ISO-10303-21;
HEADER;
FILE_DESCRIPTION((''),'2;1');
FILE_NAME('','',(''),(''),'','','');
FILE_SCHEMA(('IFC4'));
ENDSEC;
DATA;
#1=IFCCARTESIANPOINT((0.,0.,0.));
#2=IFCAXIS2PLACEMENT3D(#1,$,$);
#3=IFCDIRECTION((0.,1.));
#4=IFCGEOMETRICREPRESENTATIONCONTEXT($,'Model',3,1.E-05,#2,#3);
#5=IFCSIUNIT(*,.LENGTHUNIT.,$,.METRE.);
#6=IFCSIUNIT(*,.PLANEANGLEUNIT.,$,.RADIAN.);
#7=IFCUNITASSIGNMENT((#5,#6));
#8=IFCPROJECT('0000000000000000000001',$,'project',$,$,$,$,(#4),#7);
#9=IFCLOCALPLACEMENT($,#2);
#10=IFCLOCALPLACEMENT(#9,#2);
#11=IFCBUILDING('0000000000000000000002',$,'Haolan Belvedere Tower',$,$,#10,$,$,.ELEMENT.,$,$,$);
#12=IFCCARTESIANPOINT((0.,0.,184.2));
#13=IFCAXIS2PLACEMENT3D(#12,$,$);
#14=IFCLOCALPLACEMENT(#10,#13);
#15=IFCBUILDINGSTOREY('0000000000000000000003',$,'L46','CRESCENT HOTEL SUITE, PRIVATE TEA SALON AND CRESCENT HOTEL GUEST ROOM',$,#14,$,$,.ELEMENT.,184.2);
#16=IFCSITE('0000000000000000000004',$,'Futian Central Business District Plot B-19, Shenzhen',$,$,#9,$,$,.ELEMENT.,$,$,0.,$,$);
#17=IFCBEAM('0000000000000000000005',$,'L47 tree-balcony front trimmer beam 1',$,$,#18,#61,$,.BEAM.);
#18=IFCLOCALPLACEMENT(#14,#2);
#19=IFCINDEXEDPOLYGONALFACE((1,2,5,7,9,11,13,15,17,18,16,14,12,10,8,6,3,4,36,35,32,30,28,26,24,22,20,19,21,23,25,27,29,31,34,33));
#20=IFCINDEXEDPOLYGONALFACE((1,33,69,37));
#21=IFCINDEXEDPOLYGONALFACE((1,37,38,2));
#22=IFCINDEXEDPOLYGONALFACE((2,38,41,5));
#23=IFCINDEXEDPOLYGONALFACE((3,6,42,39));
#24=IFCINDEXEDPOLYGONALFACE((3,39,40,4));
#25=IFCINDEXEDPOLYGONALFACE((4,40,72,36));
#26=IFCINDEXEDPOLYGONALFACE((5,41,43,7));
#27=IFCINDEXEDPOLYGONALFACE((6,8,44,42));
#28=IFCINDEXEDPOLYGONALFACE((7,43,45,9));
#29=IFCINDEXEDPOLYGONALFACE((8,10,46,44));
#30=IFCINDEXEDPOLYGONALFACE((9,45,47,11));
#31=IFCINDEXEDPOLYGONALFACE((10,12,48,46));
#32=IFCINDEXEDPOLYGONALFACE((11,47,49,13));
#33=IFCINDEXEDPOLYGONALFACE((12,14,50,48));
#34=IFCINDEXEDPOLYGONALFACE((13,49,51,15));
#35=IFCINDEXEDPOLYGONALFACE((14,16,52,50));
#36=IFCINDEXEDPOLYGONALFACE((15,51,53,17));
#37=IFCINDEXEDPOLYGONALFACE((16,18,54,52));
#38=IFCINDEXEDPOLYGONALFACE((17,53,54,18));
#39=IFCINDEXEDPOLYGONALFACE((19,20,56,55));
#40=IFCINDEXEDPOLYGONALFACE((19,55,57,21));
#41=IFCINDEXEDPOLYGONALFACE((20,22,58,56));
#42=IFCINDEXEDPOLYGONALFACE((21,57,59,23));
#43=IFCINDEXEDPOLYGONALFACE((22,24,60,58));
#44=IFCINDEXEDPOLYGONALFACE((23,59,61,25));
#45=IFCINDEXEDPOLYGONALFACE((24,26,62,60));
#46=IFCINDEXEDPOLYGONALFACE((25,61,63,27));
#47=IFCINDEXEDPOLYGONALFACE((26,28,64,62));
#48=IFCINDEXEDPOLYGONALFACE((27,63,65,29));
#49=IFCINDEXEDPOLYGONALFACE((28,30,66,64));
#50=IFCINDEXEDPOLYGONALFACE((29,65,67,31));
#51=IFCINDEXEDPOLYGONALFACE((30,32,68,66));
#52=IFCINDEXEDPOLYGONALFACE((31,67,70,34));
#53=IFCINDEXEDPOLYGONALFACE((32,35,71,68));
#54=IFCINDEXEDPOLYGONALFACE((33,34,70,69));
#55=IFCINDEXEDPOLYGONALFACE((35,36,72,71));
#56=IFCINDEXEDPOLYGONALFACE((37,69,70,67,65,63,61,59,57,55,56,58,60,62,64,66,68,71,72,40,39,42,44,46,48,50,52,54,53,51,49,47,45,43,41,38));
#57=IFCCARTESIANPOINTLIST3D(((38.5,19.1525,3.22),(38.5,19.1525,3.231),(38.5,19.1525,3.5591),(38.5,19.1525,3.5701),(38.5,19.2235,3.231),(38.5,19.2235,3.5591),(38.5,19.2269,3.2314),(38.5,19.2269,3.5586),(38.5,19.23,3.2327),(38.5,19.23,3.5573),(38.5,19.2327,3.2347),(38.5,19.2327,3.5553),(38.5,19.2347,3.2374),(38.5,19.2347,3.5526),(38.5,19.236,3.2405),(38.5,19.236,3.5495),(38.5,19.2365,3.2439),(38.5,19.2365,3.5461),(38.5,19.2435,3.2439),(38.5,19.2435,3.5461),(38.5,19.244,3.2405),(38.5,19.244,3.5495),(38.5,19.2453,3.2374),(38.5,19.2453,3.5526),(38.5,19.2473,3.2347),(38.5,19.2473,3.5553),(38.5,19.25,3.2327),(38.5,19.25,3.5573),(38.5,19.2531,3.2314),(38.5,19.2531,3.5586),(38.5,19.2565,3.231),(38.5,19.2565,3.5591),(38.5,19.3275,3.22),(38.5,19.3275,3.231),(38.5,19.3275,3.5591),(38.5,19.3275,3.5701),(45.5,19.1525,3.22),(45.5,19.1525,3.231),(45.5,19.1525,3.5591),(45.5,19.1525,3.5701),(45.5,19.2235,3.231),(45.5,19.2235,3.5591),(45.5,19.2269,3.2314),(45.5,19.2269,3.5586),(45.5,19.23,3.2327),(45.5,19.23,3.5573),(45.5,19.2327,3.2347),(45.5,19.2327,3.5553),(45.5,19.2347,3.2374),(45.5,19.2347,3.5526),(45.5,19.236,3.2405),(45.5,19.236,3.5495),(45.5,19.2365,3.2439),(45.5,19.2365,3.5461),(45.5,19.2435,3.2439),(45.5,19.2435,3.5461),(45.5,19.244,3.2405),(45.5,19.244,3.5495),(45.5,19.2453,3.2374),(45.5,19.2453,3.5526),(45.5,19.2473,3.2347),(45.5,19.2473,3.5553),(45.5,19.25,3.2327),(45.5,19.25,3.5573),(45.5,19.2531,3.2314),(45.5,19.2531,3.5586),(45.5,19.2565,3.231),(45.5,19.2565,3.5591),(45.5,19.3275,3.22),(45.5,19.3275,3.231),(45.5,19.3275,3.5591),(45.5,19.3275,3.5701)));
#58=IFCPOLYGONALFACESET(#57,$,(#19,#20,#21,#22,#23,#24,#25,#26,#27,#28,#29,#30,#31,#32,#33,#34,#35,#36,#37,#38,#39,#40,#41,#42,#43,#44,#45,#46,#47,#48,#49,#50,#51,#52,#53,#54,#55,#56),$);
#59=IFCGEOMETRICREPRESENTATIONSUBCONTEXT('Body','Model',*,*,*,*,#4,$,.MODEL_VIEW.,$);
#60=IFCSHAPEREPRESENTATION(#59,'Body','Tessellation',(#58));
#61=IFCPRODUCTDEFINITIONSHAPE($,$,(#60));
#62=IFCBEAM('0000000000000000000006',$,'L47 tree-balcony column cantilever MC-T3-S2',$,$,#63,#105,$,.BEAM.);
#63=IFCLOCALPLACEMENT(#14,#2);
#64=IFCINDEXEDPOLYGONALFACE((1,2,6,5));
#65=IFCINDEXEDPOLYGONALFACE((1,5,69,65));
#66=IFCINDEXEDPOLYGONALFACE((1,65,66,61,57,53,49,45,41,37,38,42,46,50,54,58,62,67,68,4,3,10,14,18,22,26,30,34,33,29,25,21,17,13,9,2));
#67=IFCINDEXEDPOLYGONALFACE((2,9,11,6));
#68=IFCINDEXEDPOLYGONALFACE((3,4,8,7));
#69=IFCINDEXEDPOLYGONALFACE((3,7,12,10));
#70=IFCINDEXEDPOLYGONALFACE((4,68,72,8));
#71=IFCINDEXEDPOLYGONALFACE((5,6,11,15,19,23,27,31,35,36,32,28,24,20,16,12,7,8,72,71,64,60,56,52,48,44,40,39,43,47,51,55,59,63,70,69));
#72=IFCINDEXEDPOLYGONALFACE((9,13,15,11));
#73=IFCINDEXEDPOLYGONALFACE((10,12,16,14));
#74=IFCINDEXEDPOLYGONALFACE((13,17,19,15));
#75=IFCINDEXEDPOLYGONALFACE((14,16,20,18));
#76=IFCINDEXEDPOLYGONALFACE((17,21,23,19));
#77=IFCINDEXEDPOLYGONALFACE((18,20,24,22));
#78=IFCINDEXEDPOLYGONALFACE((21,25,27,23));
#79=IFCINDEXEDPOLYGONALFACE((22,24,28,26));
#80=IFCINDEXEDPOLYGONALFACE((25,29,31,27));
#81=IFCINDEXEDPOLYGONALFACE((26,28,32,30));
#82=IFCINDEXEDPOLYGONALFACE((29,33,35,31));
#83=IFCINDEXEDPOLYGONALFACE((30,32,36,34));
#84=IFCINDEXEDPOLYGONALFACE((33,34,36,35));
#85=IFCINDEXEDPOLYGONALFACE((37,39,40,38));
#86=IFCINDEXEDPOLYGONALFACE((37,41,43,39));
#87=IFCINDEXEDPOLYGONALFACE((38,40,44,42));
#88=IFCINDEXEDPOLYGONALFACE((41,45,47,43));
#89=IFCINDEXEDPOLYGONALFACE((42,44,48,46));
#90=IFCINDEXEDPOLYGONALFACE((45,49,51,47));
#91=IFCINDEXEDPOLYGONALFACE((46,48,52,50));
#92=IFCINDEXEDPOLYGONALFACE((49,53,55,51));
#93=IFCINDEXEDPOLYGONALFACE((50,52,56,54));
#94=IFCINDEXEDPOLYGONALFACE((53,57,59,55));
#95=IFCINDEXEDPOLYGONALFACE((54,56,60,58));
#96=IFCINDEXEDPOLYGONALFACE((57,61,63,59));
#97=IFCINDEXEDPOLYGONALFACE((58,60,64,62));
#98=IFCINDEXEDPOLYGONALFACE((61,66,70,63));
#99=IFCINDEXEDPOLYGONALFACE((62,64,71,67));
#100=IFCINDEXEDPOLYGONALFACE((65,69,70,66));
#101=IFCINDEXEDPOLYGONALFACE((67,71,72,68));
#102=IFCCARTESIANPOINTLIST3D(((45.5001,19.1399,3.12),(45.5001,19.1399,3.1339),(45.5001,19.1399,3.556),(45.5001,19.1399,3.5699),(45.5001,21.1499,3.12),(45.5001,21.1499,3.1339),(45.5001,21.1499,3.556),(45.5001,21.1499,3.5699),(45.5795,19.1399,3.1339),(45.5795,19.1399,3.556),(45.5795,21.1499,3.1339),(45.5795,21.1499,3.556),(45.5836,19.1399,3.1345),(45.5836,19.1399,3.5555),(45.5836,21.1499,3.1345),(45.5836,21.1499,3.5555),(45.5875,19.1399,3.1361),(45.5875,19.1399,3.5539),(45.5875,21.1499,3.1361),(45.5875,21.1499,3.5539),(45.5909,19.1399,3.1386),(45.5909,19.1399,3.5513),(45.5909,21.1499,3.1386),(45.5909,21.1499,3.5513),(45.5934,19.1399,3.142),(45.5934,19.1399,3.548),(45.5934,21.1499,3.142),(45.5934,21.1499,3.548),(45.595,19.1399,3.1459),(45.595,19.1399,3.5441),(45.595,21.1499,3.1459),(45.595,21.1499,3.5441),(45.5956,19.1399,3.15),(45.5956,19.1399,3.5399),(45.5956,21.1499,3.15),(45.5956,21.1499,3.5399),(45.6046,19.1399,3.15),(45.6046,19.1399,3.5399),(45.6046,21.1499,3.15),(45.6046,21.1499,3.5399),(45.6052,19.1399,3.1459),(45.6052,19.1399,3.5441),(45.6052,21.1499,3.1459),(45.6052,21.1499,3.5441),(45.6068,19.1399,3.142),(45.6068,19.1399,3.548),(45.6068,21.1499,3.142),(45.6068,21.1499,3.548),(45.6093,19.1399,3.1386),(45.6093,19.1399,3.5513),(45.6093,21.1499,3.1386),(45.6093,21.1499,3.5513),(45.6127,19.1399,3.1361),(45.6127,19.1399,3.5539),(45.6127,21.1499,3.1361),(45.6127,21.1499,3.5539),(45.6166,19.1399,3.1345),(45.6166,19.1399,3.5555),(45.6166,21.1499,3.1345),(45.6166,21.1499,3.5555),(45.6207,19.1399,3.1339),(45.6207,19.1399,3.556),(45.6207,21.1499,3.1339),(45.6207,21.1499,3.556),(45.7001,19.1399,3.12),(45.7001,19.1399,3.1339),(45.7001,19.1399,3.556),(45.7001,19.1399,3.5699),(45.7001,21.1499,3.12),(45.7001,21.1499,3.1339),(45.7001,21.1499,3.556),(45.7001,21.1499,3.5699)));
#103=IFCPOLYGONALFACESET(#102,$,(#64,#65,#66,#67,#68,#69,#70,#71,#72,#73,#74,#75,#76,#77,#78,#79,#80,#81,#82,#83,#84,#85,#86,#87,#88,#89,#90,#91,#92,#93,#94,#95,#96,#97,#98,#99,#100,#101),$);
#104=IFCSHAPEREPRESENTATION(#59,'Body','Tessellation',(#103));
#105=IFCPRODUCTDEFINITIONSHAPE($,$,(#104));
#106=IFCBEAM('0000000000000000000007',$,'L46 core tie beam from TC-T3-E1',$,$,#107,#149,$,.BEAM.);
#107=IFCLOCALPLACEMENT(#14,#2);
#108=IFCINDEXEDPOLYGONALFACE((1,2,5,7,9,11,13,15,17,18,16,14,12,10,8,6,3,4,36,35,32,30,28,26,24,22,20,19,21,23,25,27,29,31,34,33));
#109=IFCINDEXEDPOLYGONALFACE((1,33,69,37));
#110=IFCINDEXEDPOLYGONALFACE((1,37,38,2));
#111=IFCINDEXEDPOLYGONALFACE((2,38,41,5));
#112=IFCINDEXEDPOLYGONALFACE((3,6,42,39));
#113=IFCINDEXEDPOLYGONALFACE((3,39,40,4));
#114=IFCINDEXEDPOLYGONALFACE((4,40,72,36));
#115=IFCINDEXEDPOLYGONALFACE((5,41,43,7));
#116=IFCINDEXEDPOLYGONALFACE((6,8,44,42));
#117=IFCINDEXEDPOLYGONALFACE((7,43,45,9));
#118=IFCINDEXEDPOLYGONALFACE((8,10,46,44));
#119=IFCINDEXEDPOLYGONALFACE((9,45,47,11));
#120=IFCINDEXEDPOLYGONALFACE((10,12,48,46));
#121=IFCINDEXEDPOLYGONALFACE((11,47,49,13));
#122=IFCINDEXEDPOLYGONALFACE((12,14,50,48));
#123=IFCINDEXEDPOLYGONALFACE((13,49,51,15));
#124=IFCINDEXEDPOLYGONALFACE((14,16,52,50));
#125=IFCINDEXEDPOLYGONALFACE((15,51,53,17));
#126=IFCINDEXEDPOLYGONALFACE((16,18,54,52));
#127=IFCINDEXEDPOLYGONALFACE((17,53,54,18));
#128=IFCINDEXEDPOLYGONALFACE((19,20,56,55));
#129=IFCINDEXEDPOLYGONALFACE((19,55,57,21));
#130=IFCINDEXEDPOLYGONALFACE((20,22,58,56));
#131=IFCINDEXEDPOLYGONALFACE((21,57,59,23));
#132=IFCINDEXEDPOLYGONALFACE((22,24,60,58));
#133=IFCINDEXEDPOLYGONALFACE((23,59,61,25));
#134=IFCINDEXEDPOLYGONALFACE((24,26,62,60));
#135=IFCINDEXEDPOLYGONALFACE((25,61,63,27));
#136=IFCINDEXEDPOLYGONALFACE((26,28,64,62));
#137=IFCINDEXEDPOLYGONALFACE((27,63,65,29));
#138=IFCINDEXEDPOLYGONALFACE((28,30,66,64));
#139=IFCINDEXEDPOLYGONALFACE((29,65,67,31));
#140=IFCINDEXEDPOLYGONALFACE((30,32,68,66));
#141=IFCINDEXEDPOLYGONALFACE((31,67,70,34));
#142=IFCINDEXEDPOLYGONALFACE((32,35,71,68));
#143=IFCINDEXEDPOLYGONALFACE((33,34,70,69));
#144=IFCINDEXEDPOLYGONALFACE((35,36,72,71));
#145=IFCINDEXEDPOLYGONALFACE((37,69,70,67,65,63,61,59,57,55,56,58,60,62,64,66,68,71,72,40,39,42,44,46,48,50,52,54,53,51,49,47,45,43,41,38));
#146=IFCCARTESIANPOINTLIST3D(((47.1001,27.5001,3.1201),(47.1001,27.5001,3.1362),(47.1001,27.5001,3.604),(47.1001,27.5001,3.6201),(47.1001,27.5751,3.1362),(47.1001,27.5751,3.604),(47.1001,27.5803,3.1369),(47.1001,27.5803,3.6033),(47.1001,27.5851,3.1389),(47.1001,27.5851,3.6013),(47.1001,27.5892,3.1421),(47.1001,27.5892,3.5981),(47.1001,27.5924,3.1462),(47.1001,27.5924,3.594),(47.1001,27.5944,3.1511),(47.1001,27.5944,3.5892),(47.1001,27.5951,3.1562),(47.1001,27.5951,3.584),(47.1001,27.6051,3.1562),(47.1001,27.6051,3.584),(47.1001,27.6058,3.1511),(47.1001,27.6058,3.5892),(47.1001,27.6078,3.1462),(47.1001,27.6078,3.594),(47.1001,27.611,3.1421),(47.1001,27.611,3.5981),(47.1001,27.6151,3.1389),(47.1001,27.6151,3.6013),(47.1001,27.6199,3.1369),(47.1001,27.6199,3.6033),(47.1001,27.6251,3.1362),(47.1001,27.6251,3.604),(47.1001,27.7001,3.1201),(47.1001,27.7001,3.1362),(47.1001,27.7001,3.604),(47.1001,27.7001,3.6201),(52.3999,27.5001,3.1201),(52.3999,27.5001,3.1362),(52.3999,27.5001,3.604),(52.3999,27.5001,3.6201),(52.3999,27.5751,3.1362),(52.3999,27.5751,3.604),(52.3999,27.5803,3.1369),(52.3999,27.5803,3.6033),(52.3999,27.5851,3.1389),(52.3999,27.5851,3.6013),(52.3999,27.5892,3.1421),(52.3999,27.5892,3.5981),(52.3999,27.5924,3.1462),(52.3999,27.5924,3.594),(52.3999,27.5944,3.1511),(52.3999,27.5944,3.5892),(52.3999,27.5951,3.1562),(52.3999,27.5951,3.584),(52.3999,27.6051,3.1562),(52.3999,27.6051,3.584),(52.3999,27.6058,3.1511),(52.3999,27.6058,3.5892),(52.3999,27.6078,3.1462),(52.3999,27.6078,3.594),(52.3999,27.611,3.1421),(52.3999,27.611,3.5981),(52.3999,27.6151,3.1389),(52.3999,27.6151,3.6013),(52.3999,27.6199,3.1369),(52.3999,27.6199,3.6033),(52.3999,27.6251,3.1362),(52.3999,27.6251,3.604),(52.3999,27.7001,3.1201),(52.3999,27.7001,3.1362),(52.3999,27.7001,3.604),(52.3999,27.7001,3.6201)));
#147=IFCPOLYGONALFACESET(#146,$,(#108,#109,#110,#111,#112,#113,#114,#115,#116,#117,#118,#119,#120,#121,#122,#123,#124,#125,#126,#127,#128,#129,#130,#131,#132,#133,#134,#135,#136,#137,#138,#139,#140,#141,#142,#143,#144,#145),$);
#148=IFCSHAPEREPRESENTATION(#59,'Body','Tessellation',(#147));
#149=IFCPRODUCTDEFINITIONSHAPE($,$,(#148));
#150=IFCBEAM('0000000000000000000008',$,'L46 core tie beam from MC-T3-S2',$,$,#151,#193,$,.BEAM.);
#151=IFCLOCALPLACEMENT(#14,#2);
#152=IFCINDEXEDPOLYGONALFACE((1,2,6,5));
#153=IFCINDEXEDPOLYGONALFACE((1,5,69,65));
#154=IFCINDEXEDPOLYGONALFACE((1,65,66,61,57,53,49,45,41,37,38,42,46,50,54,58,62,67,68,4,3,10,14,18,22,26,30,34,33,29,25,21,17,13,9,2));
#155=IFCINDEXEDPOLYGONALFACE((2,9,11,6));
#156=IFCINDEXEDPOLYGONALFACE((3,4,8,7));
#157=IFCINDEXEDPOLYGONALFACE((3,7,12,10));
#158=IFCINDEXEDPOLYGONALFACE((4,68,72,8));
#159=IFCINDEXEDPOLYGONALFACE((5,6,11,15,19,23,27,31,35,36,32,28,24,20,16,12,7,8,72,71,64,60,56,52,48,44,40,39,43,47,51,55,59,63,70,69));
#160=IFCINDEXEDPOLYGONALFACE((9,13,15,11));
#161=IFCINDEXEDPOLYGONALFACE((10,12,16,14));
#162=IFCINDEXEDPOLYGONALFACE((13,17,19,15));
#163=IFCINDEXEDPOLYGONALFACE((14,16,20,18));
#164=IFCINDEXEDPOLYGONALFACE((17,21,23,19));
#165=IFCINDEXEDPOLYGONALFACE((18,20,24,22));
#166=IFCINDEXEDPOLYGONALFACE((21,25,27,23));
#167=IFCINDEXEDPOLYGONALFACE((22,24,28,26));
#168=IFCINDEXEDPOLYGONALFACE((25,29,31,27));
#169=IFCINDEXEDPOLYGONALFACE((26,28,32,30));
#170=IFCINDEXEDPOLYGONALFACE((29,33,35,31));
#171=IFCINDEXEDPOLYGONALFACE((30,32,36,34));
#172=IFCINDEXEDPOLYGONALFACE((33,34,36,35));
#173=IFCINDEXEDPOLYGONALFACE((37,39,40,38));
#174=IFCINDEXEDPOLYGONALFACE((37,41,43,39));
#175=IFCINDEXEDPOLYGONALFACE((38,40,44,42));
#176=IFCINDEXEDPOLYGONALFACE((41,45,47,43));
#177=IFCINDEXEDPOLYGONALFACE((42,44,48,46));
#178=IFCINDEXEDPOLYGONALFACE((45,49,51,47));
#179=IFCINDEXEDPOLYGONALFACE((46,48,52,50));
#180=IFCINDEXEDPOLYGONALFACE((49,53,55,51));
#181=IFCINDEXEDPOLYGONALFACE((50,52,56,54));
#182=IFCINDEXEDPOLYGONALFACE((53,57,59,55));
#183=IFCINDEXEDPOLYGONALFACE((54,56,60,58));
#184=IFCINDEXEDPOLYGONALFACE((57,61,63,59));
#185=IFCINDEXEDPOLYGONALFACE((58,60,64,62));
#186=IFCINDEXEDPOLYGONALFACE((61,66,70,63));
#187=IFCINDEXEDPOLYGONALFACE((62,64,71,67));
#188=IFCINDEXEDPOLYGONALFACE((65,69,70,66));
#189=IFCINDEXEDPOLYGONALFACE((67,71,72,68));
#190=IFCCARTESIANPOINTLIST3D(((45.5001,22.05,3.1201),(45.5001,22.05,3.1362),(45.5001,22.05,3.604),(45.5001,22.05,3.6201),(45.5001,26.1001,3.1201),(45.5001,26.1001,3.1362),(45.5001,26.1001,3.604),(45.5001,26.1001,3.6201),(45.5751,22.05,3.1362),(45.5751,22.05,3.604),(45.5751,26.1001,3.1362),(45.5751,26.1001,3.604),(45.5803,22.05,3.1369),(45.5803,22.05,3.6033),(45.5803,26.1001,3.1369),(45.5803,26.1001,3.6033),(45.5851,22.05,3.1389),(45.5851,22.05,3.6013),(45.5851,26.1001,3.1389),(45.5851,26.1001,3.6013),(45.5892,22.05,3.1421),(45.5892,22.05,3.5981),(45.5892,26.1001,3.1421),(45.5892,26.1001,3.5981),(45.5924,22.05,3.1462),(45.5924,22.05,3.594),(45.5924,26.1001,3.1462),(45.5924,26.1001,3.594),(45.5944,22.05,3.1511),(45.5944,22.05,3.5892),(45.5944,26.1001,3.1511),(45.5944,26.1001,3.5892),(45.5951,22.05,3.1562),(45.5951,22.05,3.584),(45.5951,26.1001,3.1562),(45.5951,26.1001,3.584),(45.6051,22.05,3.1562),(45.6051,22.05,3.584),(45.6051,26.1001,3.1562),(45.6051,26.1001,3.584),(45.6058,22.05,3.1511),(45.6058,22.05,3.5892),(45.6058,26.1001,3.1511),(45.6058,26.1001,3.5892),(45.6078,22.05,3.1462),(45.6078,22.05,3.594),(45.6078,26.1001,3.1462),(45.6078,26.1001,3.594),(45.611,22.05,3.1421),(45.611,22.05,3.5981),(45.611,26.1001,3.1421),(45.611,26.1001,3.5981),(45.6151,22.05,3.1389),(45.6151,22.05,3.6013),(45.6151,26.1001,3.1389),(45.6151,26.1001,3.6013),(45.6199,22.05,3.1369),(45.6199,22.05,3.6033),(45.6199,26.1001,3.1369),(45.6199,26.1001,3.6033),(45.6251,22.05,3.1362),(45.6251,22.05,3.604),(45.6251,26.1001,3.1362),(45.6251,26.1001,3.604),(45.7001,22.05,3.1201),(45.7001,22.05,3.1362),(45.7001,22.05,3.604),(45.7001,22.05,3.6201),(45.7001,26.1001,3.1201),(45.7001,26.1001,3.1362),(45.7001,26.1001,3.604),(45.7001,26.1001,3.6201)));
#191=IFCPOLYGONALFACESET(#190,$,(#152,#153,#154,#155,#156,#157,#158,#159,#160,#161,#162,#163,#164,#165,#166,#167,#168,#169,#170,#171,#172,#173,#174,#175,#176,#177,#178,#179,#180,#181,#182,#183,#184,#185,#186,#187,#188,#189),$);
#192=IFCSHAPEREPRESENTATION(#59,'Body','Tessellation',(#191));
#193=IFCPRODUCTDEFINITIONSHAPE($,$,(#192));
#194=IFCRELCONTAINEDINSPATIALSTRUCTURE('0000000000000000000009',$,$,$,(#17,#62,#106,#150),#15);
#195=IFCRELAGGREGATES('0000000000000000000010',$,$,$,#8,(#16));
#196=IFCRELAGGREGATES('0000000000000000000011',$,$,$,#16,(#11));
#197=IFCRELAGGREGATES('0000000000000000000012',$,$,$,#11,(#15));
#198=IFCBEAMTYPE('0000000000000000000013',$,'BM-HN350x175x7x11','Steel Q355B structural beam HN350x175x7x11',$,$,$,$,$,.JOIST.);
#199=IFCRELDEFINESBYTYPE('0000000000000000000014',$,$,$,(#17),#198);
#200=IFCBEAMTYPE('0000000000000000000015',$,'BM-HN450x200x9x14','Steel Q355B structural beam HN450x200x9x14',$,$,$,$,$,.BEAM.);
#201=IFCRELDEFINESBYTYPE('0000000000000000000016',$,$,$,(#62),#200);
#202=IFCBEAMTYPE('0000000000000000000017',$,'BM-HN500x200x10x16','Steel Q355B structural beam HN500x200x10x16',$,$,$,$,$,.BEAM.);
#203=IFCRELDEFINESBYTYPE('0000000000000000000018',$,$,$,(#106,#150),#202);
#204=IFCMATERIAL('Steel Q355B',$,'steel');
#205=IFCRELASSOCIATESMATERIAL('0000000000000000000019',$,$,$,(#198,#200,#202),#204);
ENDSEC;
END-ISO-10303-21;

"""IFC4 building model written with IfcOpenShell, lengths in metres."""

from ifc_helpers import new_model, si_unit, direction, frame, origin, origin_2d, place, context, subcontext, project, spatial, i_section, extrude, material, material_profile, profile_set, type_object, element, save


model = new_model("IFC4")

# Units and contexts
model_context = context("Model", 3, precision=1e-05, world=origin(), true_north=direction((0.0, 1.0)))
body_context = subcontext(model_context, "Body", "Model", "MODEL_VIEW")
ifc_project = project(units=[si_unit("LENGTHUNIT", "METRE"), si_unit("PLANEANGLEUNIT", "RADIAN")], contexts=[model_context])

# Site, building, storey
site_placement = place(None, origin())
site = spatial("IfcSite", under=ifc_project, at=site_placement, Name="Futian Central Business District Plot B-19, Shenzhen", CompositionType="ELEMENT", RefElevation=0.0)
building_placement = place(site_placement, origin())
building = spatial("IfcBuilding", under=site, at=building_placement, Name="Haolan Belvedere Tower", CompositionType="ELEMENT")
storey_placement = place(building_placement, frame((0.0, 0.0, 184.2)))
storey = spatial("IfcBuildingStorey", under=building, at=storey_placement, Name="L46", Description="CRESCENT HOTEL SUITE, PRIVATE TEA SALON AND CRESCENT HOTEL GUEST ROOM", CompositionType="ELEMENT", Elevation=184.2)

# Beams
ifc_material_1 = material(Name="Steel Q355B", Category="steel")
ifc_material_profile_1 = material_profile(ifc_material_1, i_section(OverallWidth=0.175, OverallDepth=0.3501, WebThickness=0.0071, FlangeThickness=0.011, FilletRadius=0.0129, at=origin_2d()), Name="Steel Q355B")
ifc_profile_set_1 = profile_set([ifc_material_profile_1], Name="Steel Q355B")
beam_type_1 = type_object("IfcBeamType", Name="BM-HN350x175x7x11", Description="Steel Q355B structural beam HN350x175x7x11", PredefinedType="JOIST", material=ifc_profile_set_1)
beam_1_placement = place(storey_placement, frame((38.5, 19.24, 3.395), z_axis=(1.0, 0.0, 0.0), x_axis=(0.0, 1.0, 0.0)))
element("IfcBeam", 1, at=beam_1_placement, inside=storey, type_object=beam_type_1, Name="L47 tree-balcony front trimmer beam 1", PredefinedType="BEAM", context=body_context, shape_type="SweptSolid", body=[
    extrude(i_section(OverallWidth=0.175, OverallDepth=0.3501, WebThickness=0.0071, FlangeThickness=0.011, FilletRadius=0.0129, at=origin_2d()), origin(), (0.0, 0.0, 1.0), 7.0),
])
ifc_material_profile_2 = material_profile(ifc_material_1, i_section(OverallWidth=0.2, OverallDepth=0.45, WebThickness=0.009, FlangeThickness=0.0139, FilletRadius=0.0161, at=origin_2d()), Name="Steel Q355B")
ifc_profile_set_2 = profile_set([ifc_material_profile_2], Name="Steel Q355B")
beam_type_2 = type_object("IfcBeamType", Name="BM-HN450x200x9x14", Description="Steel Q355B structural beam HN450x200x9x14", PredefinedType="BEAM", material=ifc_profile_set_2)
beam_2_placement = place(storey_placement, frame((45.6001, 21.1499, 3.345), z_axis=(0.0, -1.0, 0.0), x_axis=(1.0, 0.0, 0.0)))
element("IfcBeam", 2, at=beam_2_placement, inside=storey, type_object=beam_type_2, Name="L47 tree-balcony column cantilever MC-T3-S2", PredefinedType="BEAM", context=body_context, shape_type="SweptSolid", body=[
    extrude(i_section(OverallWidth=0.2, OverallDepth=0.45, WebThickness=0.009, FlangeThickness=0.0139, FilletRadius=0.0161, at=origin_2d()), origin(), (0.0, 0.0, 1.0), 2.01),
])
ifc_material_profile_3 = material_profile(ifc_material_1, i_section(OverallWidth=0.2, OverallDepth=0.5, WebThickness=0.01, FlangeThickness=0.0161, FilletRadius=0.02, at=origin_2d()), Name="Steel Q355B")
ifc_profile_set_3 = profile_set([ifc_material_profile_3], Name="Steel Q355B")
beam_type_3 = type_object("IfcBeamType", Name="BM-HN500x200x10x16", Description="Steel Q355B structural beam HN500x200x10x16", PredefinedType="BEAM", material=ifc_profile_set_3)
beam_3_placement = place(storey_placement, frame((52.3999, 27.6001, 3.3701), z_axis=(-1.0, 0.0, 0.0), x_axis=(0.0, -1.0, 0.0)))
element("IfcBeam", 3, at=beam_3_placement, inside=storey, type_object=beam_type_3, Name="L46 core tie beam from TC-T3-E1", PredefinedType="BEAM", context=body_context, shape_type="SweptSolid", body=[
    extrude(i_section(OverallWidth=0.2, OverallDepth=0.5, WebThickness=0.01, FlangeThickness=0.0161, FilletRadius=0.02, at=origin_2d()), origin(), (0.0, 0.0, 1.0), 5.2998),
])
beam_4_placement = place(storey_placement, frame((45.6001, 22.05, 3.3701), z_axis=(0.0, 1.0, 0.0), x_axis=(-1.0, 0.0, 0.0)))
element("IfcBeam", 4, at=beam_4_placement, inside=storey, type_object=beam_type_3, Name="L46 core tie beam from MC-T3-S2", PredefinedType="BEAM", context=body_context, shape_type="SweptSolid", body=[
    extrude(i_section(OverallWidth=0.2, OverallDepth=0.5, WebThickness=0.01, FlangeThickness=0.0161, FilletRadius=0.02, at=origin_2d()), origin(), (0.0, 0.0, 1.0), 4.05),
])

save(model, "model.ifc")
